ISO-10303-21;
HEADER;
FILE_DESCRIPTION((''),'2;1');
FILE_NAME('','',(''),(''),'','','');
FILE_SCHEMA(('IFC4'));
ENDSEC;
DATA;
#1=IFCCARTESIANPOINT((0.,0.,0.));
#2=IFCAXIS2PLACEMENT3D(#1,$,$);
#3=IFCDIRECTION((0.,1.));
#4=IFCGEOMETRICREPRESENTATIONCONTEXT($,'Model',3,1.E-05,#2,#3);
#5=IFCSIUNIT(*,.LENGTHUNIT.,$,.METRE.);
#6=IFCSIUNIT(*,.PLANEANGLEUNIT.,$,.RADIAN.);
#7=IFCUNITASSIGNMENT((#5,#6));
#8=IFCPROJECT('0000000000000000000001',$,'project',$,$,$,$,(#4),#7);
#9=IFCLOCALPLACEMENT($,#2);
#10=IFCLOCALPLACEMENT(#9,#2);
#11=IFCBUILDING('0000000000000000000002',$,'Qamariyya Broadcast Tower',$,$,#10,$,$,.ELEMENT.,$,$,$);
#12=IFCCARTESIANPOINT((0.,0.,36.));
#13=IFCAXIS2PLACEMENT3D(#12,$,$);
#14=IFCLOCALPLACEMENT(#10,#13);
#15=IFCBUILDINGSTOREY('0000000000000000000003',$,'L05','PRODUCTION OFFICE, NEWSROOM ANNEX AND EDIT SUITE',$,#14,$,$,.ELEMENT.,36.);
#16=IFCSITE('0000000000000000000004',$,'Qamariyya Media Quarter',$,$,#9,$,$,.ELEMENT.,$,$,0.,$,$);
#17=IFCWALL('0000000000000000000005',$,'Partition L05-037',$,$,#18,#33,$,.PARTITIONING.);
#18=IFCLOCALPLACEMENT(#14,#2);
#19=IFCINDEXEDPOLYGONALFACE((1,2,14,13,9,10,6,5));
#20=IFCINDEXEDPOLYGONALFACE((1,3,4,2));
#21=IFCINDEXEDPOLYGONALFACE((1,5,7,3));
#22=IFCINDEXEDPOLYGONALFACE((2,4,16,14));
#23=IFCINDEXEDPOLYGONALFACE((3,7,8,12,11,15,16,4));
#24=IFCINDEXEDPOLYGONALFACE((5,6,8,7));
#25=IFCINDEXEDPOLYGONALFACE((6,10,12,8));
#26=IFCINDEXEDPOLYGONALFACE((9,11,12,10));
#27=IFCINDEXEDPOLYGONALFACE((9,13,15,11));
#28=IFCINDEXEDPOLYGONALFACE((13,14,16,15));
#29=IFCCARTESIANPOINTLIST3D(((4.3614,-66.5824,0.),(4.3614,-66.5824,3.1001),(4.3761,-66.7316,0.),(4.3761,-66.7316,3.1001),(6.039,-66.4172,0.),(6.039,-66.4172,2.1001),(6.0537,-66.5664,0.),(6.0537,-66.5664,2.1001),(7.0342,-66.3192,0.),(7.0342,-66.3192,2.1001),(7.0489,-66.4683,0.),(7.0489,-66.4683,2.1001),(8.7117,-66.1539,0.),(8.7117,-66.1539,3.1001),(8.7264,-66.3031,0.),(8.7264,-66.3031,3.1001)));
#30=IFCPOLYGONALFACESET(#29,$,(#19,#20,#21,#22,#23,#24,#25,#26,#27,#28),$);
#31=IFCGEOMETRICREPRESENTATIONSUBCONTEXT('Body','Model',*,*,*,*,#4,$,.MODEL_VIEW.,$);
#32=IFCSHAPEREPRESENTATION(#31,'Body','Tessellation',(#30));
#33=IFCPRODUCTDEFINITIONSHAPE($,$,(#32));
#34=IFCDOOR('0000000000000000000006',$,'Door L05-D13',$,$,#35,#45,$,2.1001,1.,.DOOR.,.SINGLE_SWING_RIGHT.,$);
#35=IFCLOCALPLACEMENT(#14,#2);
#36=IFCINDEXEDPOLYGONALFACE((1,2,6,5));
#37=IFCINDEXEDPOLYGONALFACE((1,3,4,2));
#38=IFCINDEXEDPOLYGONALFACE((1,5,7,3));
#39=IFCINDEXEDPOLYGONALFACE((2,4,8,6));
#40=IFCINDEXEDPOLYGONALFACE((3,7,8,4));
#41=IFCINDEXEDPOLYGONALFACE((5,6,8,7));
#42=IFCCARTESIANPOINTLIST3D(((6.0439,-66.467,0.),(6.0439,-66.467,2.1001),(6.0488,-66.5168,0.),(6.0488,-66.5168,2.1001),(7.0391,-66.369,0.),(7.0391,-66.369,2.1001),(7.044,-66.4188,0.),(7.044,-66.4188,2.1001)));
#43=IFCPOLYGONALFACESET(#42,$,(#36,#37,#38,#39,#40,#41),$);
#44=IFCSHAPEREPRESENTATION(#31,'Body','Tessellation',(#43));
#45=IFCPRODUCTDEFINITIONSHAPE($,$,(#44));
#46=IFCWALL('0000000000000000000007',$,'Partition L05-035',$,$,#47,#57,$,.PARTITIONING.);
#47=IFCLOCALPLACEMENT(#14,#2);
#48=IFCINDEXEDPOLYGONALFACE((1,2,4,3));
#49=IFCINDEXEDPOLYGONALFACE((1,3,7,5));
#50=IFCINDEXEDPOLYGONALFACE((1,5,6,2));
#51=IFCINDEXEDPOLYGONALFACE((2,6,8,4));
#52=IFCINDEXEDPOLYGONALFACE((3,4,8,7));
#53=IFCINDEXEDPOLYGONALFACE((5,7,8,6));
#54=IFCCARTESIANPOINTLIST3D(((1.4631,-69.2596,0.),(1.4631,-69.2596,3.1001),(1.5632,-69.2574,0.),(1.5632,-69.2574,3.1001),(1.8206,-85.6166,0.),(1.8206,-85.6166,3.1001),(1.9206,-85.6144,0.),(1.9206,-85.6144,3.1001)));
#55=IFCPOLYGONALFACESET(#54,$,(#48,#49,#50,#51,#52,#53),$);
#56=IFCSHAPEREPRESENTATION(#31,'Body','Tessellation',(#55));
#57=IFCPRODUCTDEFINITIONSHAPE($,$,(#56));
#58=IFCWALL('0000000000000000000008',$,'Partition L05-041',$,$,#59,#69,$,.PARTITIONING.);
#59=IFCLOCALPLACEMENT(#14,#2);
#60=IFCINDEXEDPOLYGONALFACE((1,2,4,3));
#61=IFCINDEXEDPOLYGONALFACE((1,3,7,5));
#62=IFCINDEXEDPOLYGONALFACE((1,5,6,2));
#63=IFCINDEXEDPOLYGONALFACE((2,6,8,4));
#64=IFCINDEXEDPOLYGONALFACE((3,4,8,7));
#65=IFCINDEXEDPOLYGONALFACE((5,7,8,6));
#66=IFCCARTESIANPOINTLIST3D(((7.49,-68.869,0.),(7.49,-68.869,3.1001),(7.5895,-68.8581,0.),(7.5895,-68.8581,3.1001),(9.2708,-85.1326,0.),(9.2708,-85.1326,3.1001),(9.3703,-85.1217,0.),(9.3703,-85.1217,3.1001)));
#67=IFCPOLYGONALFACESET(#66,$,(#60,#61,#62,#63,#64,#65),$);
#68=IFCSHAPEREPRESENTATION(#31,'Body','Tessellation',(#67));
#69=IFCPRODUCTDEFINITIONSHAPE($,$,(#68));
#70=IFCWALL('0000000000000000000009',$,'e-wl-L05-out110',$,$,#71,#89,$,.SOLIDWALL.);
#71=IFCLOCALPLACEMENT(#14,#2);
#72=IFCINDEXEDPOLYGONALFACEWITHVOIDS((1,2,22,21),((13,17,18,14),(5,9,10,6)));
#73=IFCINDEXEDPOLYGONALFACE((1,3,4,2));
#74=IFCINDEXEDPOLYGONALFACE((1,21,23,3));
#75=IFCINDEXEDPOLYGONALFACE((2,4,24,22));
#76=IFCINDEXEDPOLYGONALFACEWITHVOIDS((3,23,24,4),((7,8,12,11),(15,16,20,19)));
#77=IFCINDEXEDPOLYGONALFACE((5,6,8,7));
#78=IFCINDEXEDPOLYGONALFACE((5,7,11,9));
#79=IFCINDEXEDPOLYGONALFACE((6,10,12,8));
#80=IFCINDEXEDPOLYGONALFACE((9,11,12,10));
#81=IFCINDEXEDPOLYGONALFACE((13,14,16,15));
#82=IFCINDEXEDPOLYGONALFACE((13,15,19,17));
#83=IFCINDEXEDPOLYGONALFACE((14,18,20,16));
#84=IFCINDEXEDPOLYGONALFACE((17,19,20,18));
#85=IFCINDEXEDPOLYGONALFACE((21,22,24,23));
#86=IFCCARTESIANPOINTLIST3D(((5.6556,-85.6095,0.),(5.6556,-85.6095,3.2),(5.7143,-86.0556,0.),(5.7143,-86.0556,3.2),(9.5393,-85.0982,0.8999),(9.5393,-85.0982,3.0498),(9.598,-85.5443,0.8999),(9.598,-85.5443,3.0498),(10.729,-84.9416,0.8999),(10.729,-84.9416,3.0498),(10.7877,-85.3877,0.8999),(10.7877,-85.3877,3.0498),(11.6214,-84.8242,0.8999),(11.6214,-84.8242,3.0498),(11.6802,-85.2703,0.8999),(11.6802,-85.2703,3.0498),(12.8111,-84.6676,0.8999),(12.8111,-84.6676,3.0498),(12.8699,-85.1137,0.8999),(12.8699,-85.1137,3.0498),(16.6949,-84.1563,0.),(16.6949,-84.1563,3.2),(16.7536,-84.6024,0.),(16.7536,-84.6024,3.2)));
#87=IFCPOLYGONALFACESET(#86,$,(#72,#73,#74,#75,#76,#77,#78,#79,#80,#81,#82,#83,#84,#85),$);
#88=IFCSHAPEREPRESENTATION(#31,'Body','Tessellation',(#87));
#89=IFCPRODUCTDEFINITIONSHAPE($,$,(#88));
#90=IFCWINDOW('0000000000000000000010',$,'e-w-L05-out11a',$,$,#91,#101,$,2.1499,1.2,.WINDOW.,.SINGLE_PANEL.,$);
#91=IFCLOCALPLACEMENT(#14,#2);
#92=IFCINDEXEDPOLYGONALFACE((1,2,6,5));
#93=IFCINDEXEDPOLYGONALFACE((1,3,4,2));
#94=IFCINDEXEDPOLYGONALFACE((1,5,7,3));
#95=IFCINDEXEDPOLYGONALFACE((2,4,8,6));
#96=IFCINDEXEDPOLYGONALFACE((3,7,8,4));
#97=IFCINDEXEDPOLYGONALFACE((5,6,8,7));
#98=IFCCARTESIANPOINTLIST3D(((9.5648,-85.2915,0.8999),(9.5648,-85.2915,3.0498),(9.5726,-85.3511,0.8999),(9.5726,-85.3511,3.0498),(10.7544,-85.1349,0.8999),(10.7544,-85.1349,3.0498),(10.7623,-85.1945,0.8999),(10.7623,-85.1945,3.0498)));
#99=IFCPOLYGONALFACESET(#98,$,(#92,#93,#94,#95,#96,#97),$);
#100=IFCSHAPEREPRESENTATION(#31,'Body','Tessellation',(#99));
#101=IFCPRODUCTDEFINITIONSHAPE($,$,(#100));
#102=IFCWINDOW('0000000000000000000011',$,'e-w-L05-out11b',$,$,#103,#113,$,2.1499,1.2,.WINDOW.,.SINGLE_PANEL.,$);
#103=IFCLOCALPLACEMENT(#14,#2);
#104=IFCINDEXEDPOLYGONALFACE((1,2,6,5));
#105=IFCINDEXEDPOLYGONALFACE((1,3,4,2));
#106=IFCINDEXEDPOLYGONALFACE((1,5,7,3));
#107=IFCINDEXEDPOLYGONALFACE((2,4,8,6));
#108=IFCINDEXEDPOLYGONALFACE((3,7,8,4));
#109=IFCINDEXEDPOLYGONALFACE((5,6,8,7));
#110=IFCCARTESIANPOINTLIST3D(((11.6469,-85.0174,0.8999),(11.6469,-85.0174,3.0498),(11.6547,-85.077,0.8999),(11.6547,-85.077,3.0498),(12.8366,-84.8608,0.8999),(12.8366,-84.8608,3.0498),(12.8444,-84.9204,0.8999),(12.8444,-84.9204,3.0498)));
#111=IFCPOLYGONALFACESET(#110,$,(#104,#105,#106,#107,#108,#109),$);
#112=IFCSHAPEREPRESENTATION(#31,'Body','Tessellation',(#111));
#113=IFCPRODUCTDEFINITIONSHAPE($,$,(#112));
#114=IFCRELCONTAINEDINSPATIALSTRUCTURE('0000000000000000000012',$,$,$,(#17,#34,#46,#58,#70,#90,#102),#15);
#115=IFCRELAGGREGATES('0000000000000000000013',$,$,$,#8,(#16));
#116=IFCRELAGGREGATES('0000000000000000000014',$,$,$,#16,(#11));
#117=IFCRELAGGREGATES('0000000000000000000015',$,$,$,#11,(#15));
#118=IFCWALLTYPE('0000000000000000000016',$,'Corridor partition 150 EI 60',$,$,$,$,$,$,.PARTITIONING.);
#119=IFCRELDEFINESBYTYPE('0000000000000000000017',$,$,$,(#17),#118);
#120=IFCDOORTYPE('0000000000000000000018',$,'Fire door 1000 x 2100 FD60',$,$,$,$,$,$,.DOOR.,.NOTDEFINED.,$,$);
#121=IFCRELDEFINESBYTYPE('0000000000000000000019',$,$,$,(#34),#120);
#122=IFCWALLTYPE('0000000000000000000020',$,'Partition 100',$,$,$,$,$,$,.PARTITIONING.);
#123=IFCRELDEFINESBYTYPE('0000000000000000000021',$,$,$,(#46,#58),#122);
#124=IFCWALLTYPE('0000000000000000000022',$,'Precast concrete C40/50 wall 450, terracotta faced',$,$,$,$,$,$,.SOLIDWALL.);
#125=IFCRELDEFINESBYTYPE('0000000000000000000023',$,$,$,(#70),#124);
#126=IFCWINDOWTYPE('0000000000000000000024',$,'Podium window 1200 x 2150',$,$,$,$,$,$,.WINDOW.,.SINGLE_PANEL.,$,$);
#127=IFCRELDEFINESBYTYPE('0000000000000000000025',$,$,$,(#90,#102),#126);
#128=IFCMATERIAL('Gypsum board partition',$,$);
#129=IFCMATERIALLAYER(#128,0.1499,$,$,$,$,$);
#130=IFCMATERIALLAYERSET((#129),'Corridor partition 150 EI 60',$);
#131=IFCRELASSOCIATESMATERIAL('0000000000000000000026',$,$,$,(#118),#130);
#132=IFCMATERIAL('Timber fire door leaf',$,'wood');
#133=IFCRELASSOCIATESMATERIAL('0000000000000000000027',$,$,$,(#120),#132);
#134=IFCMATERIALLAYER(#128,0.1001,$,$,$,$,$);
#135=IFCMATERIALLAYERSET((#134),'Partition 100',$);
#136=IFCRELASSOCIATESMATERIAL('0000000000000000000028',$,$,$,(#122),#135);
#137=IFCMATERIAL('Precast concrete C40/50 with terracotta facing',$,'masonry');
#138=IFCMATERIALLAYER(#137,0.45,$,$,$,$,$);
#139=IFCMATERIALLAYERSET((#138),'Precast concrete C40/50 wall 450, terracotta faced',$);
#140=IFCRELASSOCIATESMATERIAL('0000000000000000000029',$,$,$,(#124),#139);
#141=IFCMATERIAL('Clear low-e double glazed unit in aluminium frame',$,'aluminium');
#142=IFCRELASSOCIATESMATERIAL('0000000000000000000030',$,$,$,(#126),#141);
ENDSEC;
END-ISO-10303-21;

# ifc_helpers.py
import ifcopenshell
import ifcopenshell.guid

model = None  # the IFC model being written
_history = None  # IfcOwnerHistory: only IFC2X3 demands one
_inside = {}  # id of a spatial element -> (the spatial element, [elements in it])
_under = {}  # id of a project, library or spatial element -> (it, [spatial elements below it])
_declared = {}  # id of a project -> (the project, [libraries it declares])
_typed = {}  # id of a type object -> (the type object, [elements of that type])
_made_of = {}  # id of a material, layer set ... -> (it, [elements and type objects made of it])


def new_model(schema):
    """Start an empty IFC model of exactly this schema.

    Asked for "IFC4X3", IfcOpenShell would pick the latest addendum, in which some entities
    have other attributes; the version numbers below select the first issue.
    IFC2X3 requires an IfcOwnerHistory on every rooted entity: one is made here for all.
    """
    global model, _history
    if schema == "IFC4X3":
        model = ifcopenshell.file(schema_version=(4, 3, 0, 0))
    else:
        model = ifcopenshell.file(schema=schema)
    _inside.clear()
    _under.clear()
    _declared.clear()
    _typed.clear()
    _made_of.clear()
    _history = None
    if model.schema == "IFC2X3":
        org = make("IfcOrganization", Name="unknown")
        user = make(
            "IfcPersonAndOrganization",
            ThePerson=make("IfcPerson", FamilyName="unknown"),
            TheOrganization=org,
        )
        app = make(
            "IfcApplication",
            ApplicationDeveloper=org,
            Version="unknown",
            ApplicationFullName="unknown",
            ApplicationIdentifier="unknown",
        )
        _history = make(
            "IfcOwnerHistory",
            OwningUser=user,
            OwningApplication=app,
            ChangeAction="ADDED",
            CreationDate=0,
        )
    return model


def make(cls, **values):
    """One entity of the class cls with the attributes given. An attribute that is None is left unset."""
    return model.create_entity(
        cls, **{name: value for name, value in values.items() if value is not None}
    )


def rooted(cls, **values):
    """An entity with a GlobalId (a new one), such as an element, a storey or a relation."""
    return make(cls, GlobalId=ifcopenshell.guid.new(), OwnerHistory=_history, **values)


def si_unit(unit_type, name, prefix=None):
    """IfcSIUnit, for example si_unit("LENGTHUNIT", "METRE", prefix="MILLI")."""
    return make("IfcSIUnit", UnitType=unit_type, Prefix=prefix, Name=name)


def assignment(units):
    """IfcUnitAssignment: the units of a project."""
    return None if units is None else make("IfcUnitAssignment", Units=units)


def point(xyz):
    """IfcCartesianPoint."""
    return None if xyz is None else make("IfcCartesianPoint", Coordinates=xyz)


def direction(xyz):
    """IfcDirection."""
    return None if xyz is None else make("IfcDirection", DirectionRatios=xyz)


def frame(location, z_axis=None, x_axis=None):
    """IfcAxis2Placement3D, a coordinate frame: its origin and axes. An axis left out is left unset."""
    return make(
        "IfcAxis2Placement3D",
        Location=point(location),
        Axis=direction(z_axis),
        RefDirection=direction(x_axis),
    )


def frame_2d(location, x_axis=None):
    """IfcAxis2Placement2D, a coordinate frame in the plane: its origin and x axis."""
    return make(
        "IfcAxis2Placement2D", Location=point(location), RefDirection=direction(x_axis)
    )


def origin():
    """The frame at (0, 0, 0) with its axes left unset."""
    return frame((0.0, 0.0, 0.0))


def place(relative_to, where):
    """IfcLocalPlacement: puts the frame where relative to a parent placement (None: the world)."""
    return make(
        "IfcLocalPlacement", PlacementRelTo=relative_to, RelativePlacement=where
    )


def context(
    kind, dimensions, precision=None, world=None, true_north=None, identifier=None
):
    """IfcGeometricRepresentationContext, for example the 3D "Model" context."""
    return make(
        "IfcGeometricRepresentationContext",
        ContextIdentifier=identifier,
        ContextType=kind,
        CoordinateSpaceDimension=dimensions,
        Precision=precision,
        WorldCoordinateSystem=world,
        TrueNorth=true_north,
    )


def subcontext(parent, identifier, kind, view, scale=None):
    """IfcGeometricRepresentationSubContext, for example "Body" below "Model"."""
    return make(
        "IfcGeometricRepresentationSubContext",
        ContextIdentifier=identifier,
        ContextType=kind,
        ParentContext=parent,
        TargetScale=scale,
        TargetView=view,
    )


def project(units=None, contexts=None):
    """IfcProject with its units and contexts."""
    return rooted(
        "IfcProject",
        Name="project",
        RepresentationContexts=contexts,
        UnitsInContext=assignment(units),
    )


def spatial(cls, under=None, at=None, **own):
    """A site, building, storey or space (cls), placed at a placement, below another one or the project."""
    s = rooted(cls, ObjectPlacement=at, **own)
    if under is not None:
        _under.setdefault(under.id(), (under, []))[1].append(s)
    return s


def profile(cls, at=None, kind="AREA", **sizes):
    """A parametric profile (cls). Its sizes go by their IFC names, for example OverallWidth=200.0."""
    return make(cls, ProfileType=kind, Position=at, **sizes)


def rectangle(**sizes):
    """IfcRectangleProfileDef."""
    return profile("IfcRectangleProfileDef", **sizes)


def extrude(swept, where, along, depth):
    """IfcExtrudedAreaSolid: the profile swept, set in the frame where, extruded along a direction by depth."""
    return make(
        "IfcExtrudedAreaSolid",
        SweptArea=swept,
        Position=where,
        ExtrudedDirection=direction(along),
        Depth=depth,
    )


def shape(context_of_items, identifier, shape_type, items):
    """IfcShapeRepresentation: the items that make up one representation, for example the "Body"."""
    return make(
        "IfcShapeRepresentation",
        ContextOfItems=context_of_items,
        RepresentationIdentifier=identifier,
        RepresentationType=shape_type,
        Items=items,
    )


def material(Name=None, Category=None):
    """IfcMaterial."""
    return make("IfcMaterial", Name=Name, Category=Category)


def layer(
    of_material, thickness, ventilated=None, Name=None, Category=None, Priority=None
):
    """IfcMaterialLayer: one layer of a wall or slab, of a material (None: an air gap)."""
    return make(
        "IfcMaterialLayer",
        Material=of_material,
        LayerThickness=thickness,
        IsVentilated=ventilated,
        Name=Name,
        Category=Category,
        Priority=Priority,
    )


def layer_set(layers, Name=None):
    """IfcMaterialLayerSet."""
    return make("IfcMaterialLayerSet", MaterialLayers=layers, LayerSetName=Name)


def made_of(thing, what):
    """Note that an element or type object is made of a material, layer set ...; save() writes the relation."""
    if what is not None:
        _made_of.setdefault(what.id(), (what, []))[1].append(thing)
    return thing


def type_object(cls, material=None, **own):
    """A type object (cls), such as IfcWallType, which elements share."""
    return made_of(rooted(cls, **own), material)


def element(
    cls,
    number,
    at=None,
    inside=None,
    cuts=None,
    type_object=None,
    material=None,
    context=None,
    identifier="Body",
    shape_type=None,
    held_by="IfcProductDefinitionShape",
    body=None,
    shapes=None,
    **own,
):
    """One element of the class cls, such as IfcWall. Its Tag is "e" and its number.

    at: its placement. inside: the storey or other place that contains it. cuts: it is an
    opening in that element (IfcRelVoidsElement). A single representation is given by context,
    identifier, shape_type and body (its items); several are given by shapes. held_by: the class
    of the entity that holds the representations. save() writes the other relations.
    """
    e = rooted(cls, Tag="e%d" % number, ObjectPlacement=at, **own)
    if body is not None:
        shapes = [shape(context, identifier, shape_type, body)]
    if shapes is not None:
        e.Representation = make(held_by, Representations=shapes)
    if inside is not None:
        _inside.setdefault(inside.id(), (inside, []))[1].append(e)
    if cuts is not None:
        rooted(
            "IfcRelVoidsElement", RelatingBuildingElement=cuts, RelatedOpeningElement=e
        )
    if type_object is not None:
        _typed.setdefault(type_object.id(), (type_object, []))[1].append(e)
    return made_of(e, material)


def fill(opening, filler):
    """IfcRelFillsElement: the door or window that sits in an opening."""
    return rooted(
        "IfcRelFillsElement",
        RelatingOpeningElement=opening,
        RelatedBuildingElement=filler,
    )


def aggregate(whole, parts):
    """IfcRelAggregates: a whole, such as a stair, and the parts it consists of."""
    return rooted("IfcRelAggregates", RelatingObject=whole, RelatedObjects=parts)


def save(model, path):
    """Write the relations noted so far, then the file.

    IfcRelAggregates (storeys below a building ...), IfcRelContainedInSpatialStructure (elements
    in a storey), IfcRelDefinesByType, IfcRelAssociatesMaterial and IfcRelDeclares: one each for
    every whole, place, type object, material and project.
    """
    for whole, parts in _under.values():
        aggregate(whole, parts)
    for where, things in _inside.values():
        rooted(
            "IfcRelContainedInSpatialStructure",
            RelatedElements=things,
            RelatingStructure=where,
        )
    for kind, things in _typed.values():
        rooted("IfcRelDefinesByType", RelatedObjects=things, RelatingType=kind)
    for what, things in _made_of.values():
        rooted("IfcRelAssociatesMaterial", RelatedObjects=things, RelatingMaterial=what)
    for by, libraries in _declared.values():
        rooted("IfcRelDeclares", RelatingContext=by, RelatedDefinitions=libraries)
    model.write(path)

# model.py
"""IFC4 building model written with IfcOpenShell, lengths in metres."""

from ifc_helpers import new_model, si_unit, direction, frame, frame_2d, origin, place, context, subcontext, project, spatial, rectangle, extrude, material, layer, layer_set, type_object, element, fill, save


model = new_model("IFC4")

# Units and contexts
model_context = context("Model", 3, precision=1e-05, world=origin(), true_north=direction((0.0, 1.0)))
body_context = subcontext(model_context, "Body", "Model", "MODEL_VIEW")
ifc_project = project(units=[si_unit("LENGTHUNIT", "METRE"), si_unit("PLANEANGLEUNIT", "RADIAN")], contexts=[model_context])

# Site, building, storey
site_placement = place(None, origin())
site = spatial("IfcSite", under=ifc_project, at=site_placement, Name="Qamariyya Media Quarter", CompositionType="ELEMENT", RefElevation=0.0)
building_placement = place(site_placement, origin())
building = spatial("IfcBuilding", under=site, at=building_placement, Name="Qamariyya Broadcast Tower", CompositionType="ELEMENT")
storey_placement = place(building_placement, frame((0.0, 0.0, 36.0)))
storey = spatial("IfcBuildingStorey", under=building, at=storey_placement, Name="L05", Description="PRODUCTION OFFICE, NEWSROOM ANNEX AND EDIT SUITE", CompositionType="ELEMENT", Elevation=36.0)

# Wall, opening, door
ifc_material_1 = material(Name="Gypsum board partition")
ifc_layer_1 = layer(ifc_material_1, 0.1499)
ifc_layer_set_1 = layer_set([ifc_layer_1], Name="Corridor partition 150 EI 60")
wall_type_1 = type_object("IfcWallType", Name="Corridor partition 150 EI 60", PredefinedType="PARTITIONING", material=ifc_layer_set_1)
ifc_material_2 = material(Name="Timber fire door leaf", Category="wood")
door_type_1 = type_object("IfcDoorType", Name="Fire door 1000 x 2100 FD60", OperationType="NOTDEFINED", PredefinedType="DOOR", material=ifc_material_2)
wall_1_placement = place(storey_placement, frame((4.3689, -66.657, 0.0), z_axis=(0.0, 0.0, 1.0), x_axis=(0.995185, 0.098016, 0.0)))
wall_1 = element("IfcWall", 1, at=wall_1_placement, inside=storey, type_object=wall_type_1, Name="Partition L05-037", PredefinedType="PARTITIONING", context=body_context, shape_type="SweptSolid", body=[
    extrude(rectangle(XDim=4.3713, YDim=0.1499, at=frame_2d((2.1855, 0.0))), origin(), (0.0, 0.0, 1.0), 3.1001),
])
opening_1_placement = place(wall_1_placement, frame((1.6855, 0.0, 0.0)))
opening_1 = element("IfcOpeningElement", 2, at=opening_1_placement, cuts=wall_1, PredefinedType="OPENING", context=body_context, shape_type="SweptSolid", body=[
    extrude(rectangle(XDim=1.0, YDim=2.1001, at=frame_2d((0.5, 1.05))), frame((0.0, 0.085, 0.0), z_axis=(0.0, -1.0, 0.0), x_axis=(1.0, 0.0, 0.0)), (0.0, 0.0, 1.0), 0.1699),
])
door_1_placement = place(opening_1_placement, origin())
door_1 = element("IfcDoor", 3, at=door_1_placement, inside=storey, type_object=door_type_1, Name="Door L05-D13", OperationType="SINGLE_SWING_RIGHT", OverallHeight=2.1001, OverallWidth=1.0, PredefinedType="DOOR", context=body_context, shape_type="SweptSolid", body=[
    extrude(rectangle(XDim=1.0, YDim=2.1001, at=frame_2d((0.5, 1.05))), frame((0.0, 0.0249, 0.0), z_axis=(0.0, -1.0, 0.0), x_axis=(1.0, 0.0, 0.0)), (0.0, 0.0, 1.0), 0.05),
])
fill(opening_1, door_1)

# Walls
ifc_layer_2 = layer(ifc_material_1, 0.1001)
ifc_layer_set_2 = layer_set([ifc_layer_2], Name="Partition 100")
wall_type_2 = type_object("IfcWallType", Name="Partition 100", PredefinedType="PARTITIONING", material=ifc_layer_set_2)
for number, where, z_axis, x_axis, name in (
    (4, (1.8706, -85.6155, 0.0), (0.0, 0.0, 1.0), (-0.021846, 0.999761, 0.0), "Partition L05-035"),
    (5, (9.3206, -85.1272, 0.0), (0.0, 0.0, 1.0), (-0.108843, 0.994059, 0.0), "Partition L05-041"),
):
    element("IfcWall", number, at=place(storey_placement, frame(where, z_axis=z_axis, x_axis=x_axis)), inside=storey, type_object=wall_type_2, Name=name, PredefinedType="PARTITIONING", context=body_context, shape_type="SweptSolid", body=[
        extrude(rectangle(XDim=16.3608, YDim=0.1001, at=frame_2d((8.1804, 0.0))), origin(), (0.0, 0.0, 1.0), 3.1001),
    ])

# Wall, openings, windows
ifc_material_3 = material(Name="Precast concrete C40/50 with terracotta facing", Category="masonry")
ifc_layer_3 = layer(ifc_material_3, 0.45)
ifc_layer_set_3 = layer_set([ifc_layer_3], Name="Precast concrete C40/50 wall 450, terracotta faced")
wall_type_3 = type_object("IfcWallType", Name="Precast concrete C40/50 wall 450, terracotta faced", PredefinedType="SOLIDWALL", material=ifc_layer_set_3)
wall_2_placement = place(storey_placement, frame((5.6848, -85.8325, 0.0), z_axis=(0.0, 0.0, 1.0), x_axis=(0.991448, 0.130506, 0.0)))
wall_2 = element("IfcWall", 6, at=wall_2_placement, inside=storey, type_object=wall_type_3, Name="e-wl-L05-out110", PredefinedType="SOLIDWALL", context=body_context, shape_type="SweptSolid", body=[
    extrude(rectangle(XDim=11.1345, YDim=0.45, at=frame_2d((5.5674, 0.0))), origin(), (0.0, 0.0, 1.0), 3.2),
])
opening_2_placement = place(wall_2_placement, frame((3.9172, 0.0, 0.8999)))
opening_2 = element("IfcOpeningElement", 7, at=opening_2_placement, cuts=wall_2, PredefinedType="OPENING", context=body_context, shape_type="SweptSolid", body=[
    extrude(rectangle(XDim=1.2, YDim=2.1499, at=frame_2d((0.6001, 1.075))), frame((0.0, 0.2349, 0.0), z_axis=(0.0, -1.0, 0.0), x_axis=(1.0, 0.0, 0.0)), (0.0, 0.0, 1.0), 0.47),
])
opening_3_placement = place(wall_2_placement, frame((6.0173, 0.0, 0.8999)))
opening_3 = element("IfcOpeningElement", 8, at=opening_3_placement, cuts=wall_2, PredefinedType="OPENING", context=body_context, shape_type="SweptSolid", body=[
    extrude(rectangle(XDim=1.2, YDim=2.1499, at=frame_2d((0.6001, 1.075))), frame((0.0, 0.2349, 0.0), z_axis=(0.0, -1.0, 0.0), x_axis=(1.0, 0.0, 0.0)), (0.0, 0.0, 1.0), 0.47),
])
ifc_material_4 = material(Name="Clear low-e double glazed unit in aluminium frame", Category="aluminium")
window_type = type_object("IfcWindowType", Name="Podium window 1200 x 2150", PartitioningType="SINGLE_PANEL", PredefinedType="WINDOW", material=ifc_material_4)
window_1_placement = place(opening_2_placement, origin())
window_1 = element("IfcWindow", 9, at=window_1_placement, inside=storey, type_object=window_type, Name="e-w-L05-out11a", OverallHeight=2.1499, OverallWidth=1.2, PartitioningType="SINGLE_PANEL", PredefinedType="WINDOW", context=body_context, shape_type="SweptSolid", body=[
    extrude(rectangle(XDim=1.2, YDim=2.1499, at=frame_2d((0.6001, 1.075))), frame((0.0, 0.03, 0.0), z_axis=(0.0, -1.0, 0.0), x_axis=(1.0, 0.0, 0.0)), (0.0, 0.0, 1.0), 0.0601),
])
fill(opening_2, window_1)
window_2_placement = place(opening_3_placement, origin())
window_2 = element("IfcWindow", 10, at=window_2_placement, inside=storey, type_object=window_type, Name="e-w-L05-out11b", OverallHeight=2.1499, OverallWidth=1.2, PartitioningType="SINGLE_PANEL", PredefinedType="WINDOW", context=body_context, shape_type="SweptSolid", body=[
    extrude(rectangle(XDim=1.2, YDim=2.1499, at=frame_2d((0.6001, 1.075))), frame((0.0, 0.03, 0.0), z_axis=(0.0, -1.0, 0.0), x_axis=(1.0, 0.0, 0.0)), (0.0, 0.0, 1.0), 0.0601),
])
fill(opening_3, window_2)

save(model, "model.ifc")
